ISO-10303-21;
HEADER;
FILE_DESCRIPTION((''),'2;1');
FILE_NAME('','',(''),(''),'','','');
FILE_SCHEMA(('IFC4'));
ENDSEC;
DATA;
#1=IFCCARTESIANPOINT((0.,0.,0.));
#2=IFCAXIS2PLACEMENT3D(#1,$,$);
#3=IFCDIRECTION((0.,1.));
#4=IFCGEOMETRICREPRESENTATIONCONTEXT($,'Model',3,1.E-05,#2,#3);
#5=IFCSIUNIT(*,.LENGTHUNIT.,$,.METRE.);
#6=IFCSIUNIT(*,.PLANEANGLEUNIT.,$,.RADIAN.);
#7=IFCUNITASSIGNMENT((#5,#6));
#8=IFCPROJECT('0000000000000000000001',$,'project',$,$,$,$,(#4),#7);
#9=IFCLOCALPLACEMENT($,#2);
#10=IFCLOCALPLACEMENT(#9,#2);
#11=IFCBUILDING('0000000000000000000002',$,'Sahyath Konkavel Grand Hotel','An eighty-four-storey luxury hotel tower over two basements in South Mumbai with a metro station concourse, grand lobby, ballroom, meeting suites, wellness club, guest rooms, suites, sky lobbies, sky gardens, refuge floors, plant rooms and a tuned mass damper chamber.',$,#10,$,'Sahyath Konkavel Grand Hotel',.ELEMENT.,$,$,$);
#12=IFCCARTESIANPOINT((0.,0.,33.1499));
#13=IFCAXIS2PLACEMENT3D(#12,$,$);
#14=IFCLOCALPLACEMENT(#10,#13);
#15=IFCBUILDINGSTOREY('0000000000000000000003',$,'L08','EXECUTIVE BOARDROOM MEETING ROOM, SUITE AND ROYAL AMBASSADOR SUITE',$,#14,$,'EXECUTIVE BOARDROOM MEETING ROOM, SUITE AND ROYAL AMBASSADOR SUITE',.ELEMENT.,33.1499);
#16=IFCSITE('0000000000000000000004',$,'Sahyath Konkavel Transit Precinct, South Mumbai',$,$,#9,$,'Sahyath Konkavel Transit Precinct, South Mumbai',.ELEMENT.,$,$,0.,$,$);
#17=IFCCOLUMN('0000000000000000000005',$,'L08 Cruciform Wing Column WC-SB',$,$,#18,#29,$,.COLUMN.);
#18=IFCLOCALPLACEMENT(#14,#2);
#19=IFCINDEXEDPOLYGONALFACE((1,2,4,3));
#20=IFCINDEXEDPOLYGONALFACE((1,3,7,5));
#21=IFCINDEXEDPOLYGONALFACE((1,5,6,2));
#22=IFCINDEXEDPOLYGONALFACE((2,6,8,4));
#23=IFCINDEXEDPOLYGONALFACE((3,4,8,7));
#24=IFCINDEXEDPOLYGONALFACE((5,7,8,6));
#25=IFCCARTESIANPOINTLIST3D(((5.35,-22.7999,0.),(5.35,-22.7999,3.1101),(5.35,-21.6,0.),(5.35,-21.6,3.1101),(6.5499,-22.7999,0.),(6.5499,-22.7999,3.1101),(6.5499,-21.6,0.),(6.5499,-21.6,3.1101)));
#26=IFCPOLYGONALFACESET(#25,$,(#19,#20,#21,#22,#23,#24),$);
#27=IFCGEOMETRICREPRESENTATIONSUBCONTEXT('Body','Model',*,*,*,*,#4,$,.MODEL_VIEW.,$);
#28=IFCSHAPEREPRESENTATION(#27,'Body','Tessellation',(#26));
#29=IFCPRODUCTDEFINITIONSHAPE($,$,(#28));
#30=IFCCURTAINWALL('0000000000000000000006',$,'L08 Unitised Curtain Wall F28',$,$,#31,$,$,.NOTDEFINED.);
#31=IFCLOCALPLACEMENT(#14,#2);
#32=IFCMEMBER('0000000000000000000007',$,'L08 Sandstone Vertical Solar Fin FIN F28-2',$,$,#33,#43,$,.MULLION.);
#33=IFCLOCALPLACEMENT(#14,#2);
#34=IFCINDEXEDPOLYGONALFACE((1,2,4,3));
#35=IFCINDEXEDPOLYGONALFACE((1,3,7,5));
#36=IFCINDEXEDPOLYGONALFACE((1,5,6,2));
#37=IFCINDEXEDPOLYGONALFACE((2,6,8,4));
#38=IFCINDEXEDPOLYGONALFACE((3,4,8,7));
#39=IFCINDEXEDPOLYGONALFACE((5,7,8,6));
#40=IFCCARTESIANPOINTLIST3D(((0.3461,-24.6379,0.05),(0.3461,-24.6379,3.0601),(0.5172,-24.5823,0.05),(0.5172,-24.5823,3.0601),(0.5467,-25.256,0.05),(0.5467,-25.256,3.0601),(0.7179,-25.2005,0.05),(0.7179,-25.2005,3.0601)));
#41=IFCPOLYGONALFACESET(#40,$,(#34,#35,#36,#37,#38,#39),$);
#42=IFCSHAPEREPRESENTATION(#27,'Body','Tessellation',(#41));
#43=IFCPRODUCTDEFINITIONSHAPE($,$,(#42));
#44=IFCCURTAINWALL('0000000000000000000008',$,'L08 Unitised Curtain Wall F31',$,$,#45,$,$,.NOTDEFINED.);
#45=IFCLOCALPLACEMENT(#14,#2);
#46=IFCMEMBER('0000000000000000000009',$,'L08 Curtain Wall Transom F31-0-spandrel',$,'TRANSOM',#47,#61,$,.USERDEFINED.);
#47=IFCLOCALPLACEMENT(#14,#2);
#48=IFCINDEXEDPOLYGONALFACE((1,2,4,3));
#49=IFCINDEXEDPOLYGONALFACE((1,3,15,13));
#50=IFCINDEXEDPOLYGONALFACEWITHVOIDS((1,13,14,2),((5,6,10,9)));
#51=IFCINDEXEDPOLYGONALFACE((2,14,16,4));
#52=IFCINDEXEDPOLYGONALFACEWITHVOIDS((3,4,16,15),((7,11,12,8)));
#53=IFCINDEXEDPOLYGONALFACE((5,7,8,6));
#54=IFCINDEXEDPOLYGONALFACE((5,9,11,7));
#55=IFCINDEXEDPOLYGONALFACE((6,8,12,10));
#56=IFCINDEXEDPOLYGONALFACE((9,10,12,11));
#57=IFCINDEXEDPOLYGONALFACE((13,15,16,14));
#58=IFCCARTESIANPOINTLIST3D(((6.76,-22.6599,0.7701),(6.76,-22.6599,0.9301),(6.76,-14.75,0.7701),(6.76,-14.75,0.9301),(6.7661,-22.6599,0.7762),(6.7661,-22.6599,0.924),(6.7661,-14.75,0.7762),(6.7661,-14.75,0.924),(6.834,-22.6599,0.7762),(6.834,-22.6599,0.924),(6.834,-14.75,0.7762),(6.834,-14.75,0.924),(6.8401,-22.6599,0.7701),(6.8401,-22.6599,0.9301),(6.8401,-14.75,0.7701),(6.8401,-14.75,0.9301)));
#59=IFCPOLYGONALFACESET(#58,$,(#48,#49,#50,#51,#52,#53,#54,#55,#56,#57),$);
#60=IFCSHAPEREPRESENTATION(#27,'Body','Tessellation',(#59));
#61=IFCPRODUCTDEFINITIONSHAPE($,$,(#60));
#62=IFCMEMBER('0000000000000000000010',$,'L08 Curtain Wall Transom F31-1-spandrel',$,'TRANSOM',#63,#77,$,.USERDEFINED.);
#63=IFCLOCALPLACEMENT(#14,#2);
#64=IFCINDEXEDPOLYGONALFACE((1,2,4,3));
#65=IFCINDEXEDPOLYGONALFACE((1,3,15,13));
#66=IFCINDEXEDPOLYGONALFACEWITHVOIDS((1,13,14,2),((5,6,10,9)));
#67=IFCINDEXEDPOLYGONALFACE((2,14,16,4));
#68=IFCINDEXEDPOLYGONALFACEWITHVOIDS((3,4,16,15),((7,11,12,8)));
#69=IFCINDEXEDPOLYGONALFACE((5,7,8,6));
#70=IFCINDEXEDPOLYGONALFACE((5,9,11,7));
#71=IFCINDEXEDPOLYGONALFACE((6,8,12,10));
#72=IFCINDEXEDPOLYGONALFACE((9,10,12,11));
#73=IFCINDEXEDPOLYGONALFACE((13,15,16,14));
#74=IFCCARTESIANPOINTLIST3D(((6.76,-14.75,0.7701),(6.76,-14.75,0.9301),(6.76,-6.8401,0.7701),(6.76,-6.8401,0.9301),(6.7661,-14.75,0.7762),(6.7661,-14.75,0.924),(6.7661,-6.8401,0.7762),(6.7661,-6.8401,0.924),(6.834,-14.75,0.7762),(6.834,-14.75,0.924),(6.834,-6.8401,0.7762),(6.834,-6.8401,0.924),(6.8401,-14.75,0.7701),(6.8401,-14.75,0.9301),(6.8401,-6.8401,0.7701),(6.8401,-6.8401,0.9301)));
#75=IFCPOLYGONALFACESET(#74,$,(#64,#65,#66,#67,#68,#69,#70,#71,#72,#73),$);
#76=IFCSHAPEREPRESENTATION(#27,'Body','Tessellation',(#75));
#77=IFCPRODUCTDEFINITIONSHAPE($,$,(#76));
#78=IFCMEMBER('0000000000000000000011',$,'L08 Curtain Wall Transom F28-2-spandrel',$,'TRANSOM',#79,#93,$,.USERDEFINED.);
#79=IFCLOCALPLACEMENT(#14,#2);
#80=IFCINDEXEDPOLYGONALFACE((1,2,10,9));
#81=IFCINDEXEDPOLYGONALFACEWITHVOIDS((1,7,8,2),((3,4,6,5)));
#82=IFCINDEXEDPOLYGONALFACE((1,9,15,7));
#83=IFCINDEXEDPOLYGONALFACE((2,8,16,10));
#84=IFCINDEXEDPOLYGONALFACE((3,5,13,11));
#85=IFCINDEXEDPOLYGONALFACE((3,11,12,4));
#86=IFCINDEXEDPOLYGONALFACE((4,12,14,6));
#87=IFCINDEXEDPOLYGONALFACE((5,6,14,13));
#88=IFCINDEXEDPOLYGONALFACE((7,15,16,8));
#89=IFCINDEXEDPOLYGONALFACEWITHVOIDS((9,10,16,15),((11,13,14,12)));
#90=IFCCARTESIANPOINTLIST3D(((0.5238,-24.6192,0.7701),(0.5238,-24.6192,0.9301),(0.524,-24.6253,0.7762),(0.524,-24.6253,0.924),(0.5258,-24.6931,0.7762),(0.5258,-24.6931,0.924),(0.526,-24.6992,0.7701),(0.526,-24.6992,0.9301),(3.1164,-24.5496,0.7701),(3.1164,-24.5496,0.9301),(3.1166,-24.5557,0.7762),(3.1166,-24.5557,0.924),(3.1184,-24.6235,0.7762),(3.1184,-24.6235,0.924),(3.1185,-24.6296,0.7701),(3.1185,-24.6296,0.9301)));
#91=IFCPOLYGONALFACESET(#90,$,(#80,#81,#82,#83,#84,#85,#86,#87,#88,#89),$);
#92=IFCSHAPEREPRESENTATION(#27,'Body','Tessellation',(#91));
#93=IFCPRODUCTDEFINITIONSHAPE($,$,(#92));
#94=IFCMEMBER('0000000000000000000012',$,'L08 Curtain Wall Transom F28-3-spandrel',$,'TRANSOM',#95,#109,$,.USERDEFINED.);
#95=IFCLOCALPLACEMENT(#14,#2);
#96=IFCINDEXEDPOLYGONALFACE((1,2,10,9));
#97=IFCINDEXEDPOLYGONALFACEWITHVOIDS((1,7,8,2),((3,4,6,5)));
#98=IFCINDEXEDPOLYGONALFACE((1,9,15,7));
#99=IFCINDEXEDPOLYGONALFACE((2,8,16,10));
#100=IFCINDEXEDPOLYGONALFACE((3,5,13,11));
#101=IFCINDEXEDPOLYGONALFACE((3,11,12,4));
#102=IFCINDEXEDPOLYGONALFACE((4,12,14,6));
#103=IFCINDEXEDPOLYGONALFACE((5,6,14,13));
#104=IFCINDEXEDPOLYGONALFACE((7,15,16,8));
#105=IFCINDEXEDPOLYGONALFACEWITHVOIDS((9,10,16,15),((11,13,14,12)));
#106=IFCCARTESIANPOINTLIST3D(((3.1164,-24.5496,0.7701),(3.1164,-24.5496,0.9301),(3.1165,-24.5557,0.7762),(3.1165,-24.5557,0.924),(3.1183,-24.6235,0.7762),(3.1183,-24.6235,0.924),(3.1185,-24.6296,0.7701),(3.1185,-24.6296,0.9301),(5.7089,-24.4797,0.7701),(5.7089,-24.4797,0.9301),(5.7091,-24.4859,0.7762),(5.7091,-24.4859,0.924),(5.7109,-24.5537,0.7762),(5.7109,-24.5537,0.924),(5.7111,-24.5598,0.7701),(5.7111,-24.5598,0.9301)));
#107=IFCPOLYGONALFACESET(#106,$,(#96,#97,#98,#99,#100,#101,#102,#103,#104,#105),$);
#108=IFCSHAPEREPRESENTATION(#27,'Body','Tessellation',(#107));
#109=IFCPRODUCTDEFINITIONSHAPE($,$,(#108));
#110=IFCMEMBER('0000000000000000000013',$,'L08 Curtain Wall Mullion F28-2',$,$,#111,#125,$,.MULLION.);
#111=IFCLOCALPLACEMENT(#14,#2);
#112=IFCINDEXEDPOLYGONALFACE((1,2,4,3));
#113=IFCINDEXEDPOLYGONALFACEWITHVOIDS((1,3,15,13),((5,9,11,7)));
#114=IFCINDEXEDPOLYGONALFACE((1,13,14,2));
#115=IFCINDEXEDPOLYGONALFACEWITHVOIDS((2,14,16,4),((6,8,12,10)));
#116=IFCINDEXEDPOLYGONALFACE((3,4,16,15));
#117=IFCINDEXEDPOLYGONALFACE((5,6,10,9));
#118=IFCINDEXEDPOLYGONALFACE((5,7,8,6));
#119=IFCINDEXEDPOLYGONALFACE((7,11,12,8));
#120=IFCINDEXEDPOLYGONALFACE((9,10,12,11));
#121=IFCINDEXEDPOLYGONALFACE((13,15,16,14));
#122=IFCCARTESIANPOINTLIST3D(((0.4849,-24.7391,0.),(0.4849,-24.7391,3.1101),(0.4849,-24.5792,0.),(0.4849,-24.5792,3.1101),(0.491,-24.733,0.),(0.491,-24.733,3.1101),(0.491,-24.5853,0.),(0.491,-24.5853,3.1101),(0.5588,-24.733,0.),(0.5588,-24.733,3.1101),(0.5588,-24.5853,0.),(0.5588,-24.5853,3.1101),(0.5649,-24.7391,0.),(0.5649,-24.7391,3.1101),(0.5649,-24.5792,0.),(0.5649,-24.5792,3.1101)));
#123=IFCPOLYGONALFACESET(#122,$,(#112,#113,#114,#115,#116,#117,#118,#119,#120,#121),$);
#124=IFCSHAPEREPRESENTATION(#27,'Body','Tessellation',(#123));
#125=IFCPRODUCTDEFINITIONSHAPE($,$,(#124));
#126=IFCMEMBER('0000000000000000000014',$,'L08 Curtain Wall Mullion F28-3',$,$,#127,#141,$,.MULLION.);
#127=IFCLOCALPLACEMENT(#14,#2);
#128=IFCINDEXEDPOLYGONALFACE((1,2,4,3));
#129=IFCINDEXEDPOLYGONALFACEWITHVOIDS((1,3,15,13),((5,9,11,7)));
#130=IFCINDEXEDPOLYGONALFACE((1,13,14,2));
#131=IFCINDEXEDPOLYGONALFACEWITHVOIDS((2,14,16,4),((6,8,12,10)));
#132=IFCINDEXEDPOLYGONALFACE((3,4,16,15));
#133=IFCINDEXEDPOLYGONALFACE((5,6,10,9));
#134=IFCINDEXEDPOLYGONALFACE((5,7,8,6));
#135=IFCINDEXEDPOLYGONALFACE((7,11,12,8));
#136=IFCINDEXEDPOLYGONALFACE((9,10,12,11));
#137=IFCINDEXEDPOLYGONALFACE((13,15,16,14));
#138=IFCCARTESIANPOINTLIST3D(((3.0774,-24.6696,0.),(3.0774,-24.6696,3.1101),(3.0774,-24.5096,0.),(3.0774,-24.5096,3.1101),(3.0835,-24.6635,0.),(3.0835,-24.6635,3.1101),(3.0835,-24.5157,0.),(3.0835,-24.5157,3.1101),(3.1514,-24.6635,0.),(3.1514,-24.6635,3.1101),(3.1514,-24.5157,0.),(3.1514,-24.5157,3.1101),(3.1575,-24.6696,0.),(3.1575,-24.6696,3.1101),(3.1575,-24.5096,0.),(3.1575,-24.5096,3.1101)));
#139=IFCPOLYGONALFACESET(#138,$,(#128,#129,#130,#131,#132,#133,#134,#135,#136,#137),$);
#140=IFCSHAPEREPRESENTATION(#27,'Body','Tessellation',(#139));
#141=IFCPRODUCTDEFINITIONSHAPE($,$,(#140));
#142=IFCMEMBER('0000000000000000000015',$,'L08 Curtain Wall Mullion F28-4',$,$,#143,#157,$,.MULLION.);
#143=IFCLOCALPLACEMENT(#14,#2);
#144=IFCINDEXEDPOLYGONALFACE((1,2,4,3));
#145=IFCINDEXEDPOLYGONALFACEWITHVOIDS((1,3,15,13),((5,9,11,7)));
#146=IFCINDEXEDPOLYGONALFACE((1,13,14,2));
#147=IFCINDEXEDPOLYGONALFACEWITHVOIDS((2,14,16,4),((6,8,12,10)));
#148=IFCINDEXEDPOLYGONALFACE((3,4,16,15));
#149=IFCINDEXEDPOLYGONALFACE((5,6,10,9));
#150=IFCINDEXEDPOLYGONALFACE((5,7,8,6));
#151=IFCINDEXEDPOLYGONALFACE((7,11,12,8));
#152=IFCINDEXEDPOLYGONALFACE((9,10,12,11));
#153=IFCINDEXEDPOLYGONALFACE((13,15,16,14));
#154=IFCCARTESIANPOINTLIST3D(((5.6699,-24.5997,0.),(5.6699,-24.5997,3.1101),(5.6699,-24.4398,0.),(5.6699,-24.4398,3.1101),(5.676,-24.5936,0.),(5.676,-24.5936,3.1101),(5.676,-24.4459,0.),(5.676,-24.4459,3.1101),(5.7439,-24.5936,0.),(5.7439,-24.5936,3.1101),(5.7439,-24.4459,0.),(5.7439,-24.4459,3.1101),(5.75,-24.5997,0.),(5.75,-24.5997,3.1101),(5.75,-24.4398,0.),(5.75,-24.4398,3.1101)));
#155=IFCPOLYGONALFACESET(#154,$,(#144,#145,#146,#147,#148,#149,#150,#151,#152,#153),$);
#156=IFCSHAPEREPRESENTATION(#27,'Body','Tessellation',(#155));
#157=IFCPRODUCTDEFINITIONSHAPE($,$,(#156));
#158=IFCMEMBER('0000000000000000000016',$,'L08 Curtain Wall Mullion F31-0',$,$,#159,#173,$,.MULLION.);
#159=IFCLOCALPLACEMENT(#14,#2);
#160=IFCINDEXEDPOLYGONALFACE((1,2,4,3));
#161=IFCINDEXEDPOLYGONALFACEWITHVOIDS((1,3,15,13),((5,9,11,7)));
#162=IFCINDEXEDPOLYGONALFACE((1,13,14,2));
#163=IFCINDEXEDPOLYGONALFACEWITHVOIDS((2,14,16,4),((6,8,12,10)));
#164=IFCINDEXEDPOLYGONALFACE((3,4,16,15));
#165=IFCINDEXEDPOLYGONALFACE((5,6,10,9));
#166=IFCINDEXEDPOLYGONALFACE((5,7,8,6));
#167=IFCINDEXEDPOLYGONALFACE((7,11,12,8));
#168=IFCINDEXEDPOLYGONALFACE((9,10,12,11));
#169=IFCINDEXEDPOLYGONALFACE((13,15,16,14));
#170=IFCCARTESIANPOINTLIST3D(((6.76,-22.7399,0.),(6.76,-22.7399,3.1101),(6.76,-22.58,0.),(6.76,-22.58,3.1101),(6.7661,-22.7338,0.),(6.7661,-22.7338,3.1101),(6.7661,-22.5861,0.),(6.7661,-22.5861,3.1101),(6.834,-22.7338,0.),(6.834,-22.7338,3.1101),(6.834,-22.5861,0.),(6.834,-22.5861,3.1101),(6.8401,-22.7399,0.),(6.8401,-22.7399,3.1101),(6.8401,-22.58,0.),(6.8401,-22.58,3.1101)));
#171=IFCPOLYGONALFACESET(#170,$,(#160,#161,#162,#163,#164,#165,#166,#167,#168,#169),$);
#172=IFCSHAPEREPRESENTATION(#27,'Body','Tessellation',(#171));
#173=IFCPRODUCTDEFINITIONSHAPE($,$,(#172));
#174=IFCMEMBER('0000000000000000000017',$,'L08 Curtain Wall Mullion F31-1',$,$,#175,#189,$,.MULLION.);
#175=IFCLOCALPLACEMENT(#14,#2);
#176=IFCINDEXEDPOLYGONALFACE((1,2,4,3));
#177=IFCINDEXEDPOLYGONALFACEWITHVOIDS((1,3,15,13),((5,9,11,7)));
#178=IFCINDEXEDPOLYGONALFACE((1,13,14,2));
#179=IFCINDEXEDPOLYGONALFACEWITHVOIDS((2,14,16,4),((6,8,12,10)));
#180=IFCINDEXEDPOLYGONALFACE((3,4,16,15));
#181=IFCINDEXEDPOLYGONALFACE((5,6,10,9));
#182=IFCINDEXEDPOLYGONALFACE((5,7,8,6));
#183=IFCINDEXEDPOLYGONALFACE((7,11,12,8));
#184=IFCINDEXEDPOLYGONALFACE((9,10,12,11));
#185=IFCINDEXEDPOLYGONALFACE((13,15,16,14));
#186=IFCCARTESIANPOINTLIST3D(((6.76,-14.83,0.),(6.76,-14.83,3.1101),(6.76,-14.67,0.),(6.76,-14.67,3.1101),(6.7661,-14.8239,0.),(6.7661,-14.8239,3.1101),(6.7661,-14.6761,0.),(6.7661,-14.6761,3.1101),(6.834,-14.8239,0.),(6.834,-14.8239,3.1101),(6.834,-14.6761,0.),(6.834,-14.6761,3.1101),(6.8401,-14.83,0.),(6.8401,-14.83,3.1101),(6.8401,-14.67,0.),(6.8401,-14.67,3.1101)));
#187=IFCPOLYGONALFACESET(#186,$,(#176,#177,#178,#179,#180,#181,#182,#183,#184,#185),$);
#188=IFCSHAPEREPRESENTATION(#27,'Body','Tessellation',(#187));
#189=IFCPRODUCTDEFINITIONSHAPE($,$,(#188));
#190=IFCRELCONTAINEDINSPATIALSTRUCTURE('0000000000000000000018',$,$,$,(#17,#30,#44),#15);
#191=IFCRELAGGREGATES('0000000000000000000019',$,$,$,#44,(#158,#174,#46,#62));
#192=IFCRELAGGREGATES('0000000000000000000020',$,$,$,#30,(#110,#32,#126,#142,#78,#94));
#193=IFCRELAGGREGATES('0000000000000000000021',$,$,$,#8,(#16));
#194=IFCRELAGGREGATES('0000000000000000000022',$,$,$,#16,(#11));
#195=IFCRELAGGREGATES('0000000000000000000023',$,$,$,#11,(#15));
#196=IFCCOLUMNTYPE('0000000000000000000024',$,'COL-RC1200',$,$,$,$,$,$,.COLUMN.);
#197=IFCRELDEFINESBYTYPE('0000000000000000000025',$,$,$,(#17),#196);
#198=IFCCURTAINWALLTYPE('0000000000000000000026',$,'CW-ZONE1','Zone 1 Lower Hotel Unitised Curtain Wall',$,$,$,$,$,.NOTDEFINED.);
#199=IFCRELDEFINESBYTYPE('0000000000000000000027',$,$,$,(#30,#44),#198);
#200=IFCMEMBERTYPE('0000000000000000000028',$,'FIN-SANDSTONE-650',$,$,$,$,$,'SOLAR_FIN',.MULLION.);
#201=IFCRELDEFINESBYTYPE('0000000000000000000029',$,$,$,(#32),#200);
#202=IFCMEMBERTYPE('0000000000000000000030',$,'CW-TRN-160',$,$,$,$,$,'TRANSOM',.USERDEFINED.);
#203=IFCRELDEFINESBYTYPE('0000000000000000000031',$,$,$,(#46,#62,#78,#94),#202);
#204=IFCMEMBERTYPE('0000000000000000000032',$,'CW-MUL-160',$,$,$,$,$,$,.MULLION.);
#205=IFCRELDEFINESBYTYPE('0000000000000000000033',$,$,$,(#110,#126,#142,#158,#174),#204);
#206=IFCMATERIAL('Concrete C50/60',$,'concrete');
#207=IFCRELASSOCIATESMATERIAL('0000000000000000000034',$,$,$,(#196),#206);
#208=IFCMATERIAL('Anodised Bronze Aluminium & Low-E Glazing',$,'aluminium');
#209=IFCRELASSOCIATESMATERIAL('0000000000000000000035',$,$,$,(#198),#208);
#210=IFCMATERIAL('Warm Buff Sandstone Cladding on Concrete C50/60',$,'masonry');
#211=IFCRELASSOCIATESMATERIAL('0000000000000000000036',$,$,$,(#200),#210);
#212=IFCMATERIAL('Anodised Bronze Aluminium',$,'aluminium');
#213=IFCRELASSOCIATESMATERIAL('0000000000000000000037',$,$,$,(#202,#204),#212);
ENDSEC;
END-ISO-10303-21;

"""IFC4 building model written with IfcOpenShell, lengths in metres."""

from ifc_helpers import new_model, si_unit, direction, frame, origin, origin_2d, place, context, subcontext, project, spatial, rectangle, hollow_rectangle, extrude, source, transform, mapped, material, material_profile, profile_set, type_object, element, aggregate, save


model = new_model("IFC4")

# Units and contexts
model_context = context("Model", 3, precision=1e-05, world=origin(), true_north=direction((0.0, 1.0)))
body_context = subcontext(model_context, "Body", "Model", "MODEL_VIEW")
ifc_project = project(units=[si_unit("LENGTHUNIT", "METRE"), si_unit("PLANEANGLEUNIT", "RADIAN")], contexts=[model_context])

# Site, building, storey
site_placement = place(None, origin())
site = spatial("IfcSite", under=ifc_project, at=site_placement, Name="Sahyath Konkavel Transit Precinct, South Mumbai", LongName="Sahyath Konkavel Transit Precinct, South Mumbai", CompositionType="ELEMENT", RefElevation=0.0)
building_placement = place(site_placement, origin())
building = spatial("IfcBuilding", under=site, at=building_placement, Name="Sahyath Konkavel Grand Hotel", Description="An eighty-four-storey luxury hotel tower over two basements in South Mumbai with a metro station concourse, grand lobby, ballroom, meeting suites, wellness club, guest rooms, suites, sky lobbies, sky gardens, refuge floors, plant rooms and a tuned mass damper chamber.", LongName="Sahyath Konkavel Grand Hotel", CompositionType="ELEMENT")
storey_placement = place(building_placement, frame((0.0, 0.0, 33.1499)))
storey = spatial("IfcBuildingStorey", under=building, at=storey_placement, Name="L08", Description="EXECUTIVE BOARDROOM MEETING ROOM, SUITE AND ROYAL AMBASSADOR SUITE", LongName="EXECUTIVE BOARDROOM MEETING ROOM, SUITE AND ROYAL AMBASSADOR SUITE", CompositionType="ELEMENT", Elevation=33.1499)

# Column
ifc_material_1 = material(Name="Concrete C50/60", Category="concrete")
ifc_material_profile_1 = material_profile(ifc_material_1, rectangle(XDim=1.2, YDim=1.2, at=origin_2d()), Name="RC 1200x1200")
ifc_profile_set_1 = profile_set([ifc_material_profile_1], Name="Concrete C50/60")
column_type = type_object("IfcColumnType", Name="COL-RC1200", PredefinedType="COLUMN", material=ifc_profile_set_1)
shared_shape_1 = source(origin(), body_context, "Body", "SweptSolid", [
    extrude(rectangle(XDim=1.2, YDim=1.2, at=origin_2d()), origin(), (0.0, 0.0, 1.0), 3.1101),
])
column_placement = place(storey_placement, frame((5.95, -22.2, 0.0), z_axis=(0.0, 0.0, 1.0), x_axis=(1.0, 0.0, 0.0)))
element("IfcColumn", 1, at=column_placement, inside=storey, type_object=column_type, Name="L08 Cruciform Wing Column WC-SB", PredefinedType="COLUMN", context=body_context, shape_type="MappedRepresentation", body=[
    mapped(shared_shape_1, transform((0.0, 0.0, 0.0), scale=1.0)),
])

# Curtain wall, member
ifc_material_2 = material(Name="Anodised Bronze Aluminium & Low-E Glazing", Category="aluminium")
curtain_wall_type = type_object("IfcCurtainWallType", Name="CW-ZONE1", Description="Zone 1 Lower Hotel Unitised Curtain Wall", PredefinedType="NOTDEFINED", material=ifc_material_2)
curtain_wall_1_placement = place(storey_placement, origin())
curtain_wall_1 = element("IfcCurtainWall", 2, at=curtain_wall_1_placement, inside=storey, type_object=curtain_wall_type, Name="L08 Unitised Curtain Wall F28", PredefinedType="NOTDEFINED")
ifc_material_3 = material(Name="Warm Buff Sandstone Cladding on Concrete C50/60", Category="masonry")
ifc_material_profile_2 = material_profile(ifc_material_3, rectangle(XDim=0.1799, YDim=0.6499, at=origin_2d()), Name="FIN 180x650")
ifc_profile_set_2 = profile_set([ifc_material_profile_2], Name="Warm Buff Sandstone Cladding on Concrete C50/60")
member_type_1 = type_object("IfcMemberType", Name="FIN-SANDSTONE-650", ElementType="SOLAR_FIN", PredefinedType="MULLION", material=ifc_profile_set_2)
shared_shape_2 = source(origin(), body_context, "Body", "SweptSolid", [
    extrude(rectangle(XDim=0.1799, YDim=0.6499, at=origin_2d()), origin(), (0.0, 0.0, 1.0), 3.01),
])
member_1_placement = place(storey_placement, frame((0.532, -24.9192, 0.05), z_axis=(0.0, 0.0, 1.0), x_axis=(0.951164, 0.308685, 0.0)))
member_1 = element("IfcMember", 3, at=member_1_placement, type_object=member_type_1, Name="L08 Sandstone Vertical Solar Fin FIN F28-2", PredefinedType="MULLION", context=body_context, shape_type="MappedRepresentation", body=[
    mapped(shared_shape_2, transform((0.0, 0.0, 0.0), scale=1.0)),
])

# Curtain wall, members
curtain_wall_2_placement = place(storey_placement, origin())
curtain_wall_2 = element("IfcCurtainWall", 4, at=curtain_wall_2_placement, inside=storey, type_object=curtain_wall_type, Name="L08 Unitised Curtain Wall F31", PredefinedType="NOTDEFINED")
ifc_material_4 = material(Name="Anodised Bronze Aluminium", Category="aluminium")
ifc_material_profile_3 = material_profile(ifc_material_4, hollow_rectangle(XDim=0.0801, YDim=0.1599, WallThickness=0.0061, at=origin_2d()), Name="RHS 160x80x6")
ifc_profile_set_3 = profile_set([ifc_material_profile_3], Name="Anodised Bronze Aluminium")
member_type_2 = type_object("IfcMemberType", Name="CW-TRN-160", ElementType="TRANSOM", PredefinedType="USERDEFINED", material=ifc_profile_set_3)
shared_shape_3 = source(origin(), body_context, "Body", "SweptSolid", [
    extrude(hollow_rectangle(XDim=0.0801, YDim=0.1599, WallThickness=0.0061, at=origin_2d()), origin(), (0.0, 0.0, 1.0), 7.9099),
])
member_2_placement = place(storey_placement, frame((6.8, -22.6599, 0.8501), z_axis=(0.0, 1.0, 0.0), x_axis=(-1.0, 0.0, 0.0)))
member_2 = element("IfcMember", 5, at=member_2_placement, type_object=member_type_2, Name="L08 Curtain Wall Transom F31-0-spandrel", ObjectType="TRANSOM", PredefinedType="USERDEFINED", context=body_context, shape_type="MappedRepresentation", body=[
    mapped(shared_shape_3, transform((0.0, 0.0, 0.0), scale=1.0)),
])
member_3_placement = place(storey_placement, frame((6.8, -14.75, 0.8501), z_axis=(0.0, 1.0, 0.0), x_axis=(-1.0, 0.0, 0.0)))
member_3 = element("IfcMember", 6, at=member_3_placement, type_object=member_type_2, Name="L08 Curtain Wall Transom F31-1-spandrel", ObjectType="TRANSOM", PredefinedType="USERDEFINED", context=body_context, shape_type="MappedRepresentation", body=[
    mapped(shared_shape_3, transform((0.0, 0.0, 0.0), scale=1.0)),
])

# Members
shared_shape_4 = source(origin(), body_context, "Body", "SweptSolid", [
    extrude(hollow_rectangle(XDim=0.0801, YDim=0.1599, WallThickness=0.0061, at=origin_2d()), origin(), (0.0, 0.0, 1.0), 2.5935),
])
member_4_placement = place(storey_placement, frame((0.5249, -24.6592, 0.8501), z_axis=(0.99964, 0.026829, 0.0), x_axis=(-0.026829, 0.99964, 0.0)))
member_4 = element("IfcMember", 7, at=member_4_placement, type_object=member_type_2, Name="L08 Curtain Wall Transom F28-2-spandrel", ObjectType="TRANSOM", PredefinedType="USERDEFINED", context=body_context, shape_type="MappedRepresentation", body=[
    mapped(shared_shape_4, transform((0.0, 0.0, 0.0), scale=1.0)),
])
member_5_placement = place(storey_placement, frame((3.1174, -24.5896, 0.8501), z_axis=(0.999638, 0.026923, 0.0), x_axis=(-0.026923, 0.999638, 0.0)))
member_5 = element("IfcMember", 8, at=member_5_placement, type_object=member_type_2, Name="L08 Curtain Wall Transom F28-3-spandrel", ObjectType="TRANSOM", PredefinedType="USERDEFINED", context=body_context, shape_type="MappedRepresentation", body=[
    mapped(shared_shape_4, transform((0.0, 0.0, 0.0), scale=1.0)),
])
ifc_material_profile_4 = material_profile(ifc_material_4, hollow_rectangle(XDim=0.0801, YDim=0.1599, WallThickness=0.0061, at=origin_2d()), Name="RHS 160x80x6")
ifc_profile_set_4 = profile_set([ifc_material_profile_4], Name="Anodised Bronze Aluminium")
member_type_3 = type_object("IfcMemberType", Name="CW-MUL-160", PredefinedType="MULLION", material=ifc_profile_set_4)
shared_shape_5 = source(origin(), body_context, "Body", "SweptSolid", [
    extrude(hollow_rectangle(XDim=0.0801, YDim=0.1599, WallThickness=0.0061, at=origin_2d()), origin(), (0.0, 0.0, 1.0), 3.1101),
])
member_6_placement = place(storey_placement, frame((0.5249, -24.6592, 0.0), z_axis=(0.0, 0.0, 1.0), x_axis=(1.0, 0.0, 0.0)))
member_6 = element("IfcMember", 9, at=member_6_placement, type_object=member_type_3, Name="L08 Curtain Wall Mullion F28-2", PredefinedType="MULLION", context=body_context, shape_type="MappedRepresentation", body=[
    mapped(shared_shape_5, transform((0.0, 0.0, 0.0), scale=1.0)),
])
member_7_placement = place(storey_placement, frame((3.1174, -24.5896, 0.0), z_axis=(0.0, 0.0, 1.0), x_axis=(1.0, 0.0, 0.0)))
member_7 = element("IfcMember", 10, at=member_7_placement, type_object=member_type_3, Name="L08 Curtain Wall Mullion F28-3", PredefinedType="MULLION", context=body_context, shape_type="MappedRepresentation", body=[
    mapped(shared_shape_5, transform((0.0, 0.0, 0.0), scale=1.0)),
])
member_8_placement = place(storey_placement, frame((5.71, -24.5198, 0.0), z_axis=(0.0, 0.0, 1.0), x_axis=(1.0, 0.0, 0.0)))
member_8 = element("IfcMember", 11, at=member_8_placement, type_object=member_type_3, Name="L08 Curtain Wall Mullion F28-4", PredefinedType="MULLION", context=body_context, shape_type="MappedRepresentation", body=[
    mapped(shared_shape_5, transform((0.0, 0.0, 0.0), scale=1.0)),
])
member_9_placement = place(storey_placement, frame((6.8, -22.6599, 0.0), z_axis=(0.0, 0.0, 1.0), x_axis=(1.0, 0.0, 0.0)))
member_9 = element("IfcMember", 12, at=member_9_placement, type_object=member_type_3, Name="L08 Curtain Wall Mullion F31-0", PredefinedType="MULLION", context=body_context, shape_type="MappedRepresentation", body=[
    mapped(shared_shape_5, transform((0.0, 0.0, 0.0), scale=1.0)),
])
member_10_placement = place(storey_placement, frame((6.8, -14.75, 0.0), z_axis=(0.0, 0.0, 1.0), x_axis=(1.0, 0.0, 0.0)))
member_10 = element("IfcMember", 13, at=member_10_placement, type_object=member_type_3, Name="L08 Curtain Wall Mullion F31-1", PredefinedType="MULLION", context=body_context, shape_type="MappedRepresentation", body=[
    mapped(shared_shape_5, transform((0.0, 0.0, 0.0), scale=1.0)),
])

aggregate(curtain_wall_2, [member_9, member_10, member_2, member_3])
aggregate(curtain_wall_1, [member_6, member_1, member_7, member_8, member_4, member_5])

save(model, "model.ifc")
